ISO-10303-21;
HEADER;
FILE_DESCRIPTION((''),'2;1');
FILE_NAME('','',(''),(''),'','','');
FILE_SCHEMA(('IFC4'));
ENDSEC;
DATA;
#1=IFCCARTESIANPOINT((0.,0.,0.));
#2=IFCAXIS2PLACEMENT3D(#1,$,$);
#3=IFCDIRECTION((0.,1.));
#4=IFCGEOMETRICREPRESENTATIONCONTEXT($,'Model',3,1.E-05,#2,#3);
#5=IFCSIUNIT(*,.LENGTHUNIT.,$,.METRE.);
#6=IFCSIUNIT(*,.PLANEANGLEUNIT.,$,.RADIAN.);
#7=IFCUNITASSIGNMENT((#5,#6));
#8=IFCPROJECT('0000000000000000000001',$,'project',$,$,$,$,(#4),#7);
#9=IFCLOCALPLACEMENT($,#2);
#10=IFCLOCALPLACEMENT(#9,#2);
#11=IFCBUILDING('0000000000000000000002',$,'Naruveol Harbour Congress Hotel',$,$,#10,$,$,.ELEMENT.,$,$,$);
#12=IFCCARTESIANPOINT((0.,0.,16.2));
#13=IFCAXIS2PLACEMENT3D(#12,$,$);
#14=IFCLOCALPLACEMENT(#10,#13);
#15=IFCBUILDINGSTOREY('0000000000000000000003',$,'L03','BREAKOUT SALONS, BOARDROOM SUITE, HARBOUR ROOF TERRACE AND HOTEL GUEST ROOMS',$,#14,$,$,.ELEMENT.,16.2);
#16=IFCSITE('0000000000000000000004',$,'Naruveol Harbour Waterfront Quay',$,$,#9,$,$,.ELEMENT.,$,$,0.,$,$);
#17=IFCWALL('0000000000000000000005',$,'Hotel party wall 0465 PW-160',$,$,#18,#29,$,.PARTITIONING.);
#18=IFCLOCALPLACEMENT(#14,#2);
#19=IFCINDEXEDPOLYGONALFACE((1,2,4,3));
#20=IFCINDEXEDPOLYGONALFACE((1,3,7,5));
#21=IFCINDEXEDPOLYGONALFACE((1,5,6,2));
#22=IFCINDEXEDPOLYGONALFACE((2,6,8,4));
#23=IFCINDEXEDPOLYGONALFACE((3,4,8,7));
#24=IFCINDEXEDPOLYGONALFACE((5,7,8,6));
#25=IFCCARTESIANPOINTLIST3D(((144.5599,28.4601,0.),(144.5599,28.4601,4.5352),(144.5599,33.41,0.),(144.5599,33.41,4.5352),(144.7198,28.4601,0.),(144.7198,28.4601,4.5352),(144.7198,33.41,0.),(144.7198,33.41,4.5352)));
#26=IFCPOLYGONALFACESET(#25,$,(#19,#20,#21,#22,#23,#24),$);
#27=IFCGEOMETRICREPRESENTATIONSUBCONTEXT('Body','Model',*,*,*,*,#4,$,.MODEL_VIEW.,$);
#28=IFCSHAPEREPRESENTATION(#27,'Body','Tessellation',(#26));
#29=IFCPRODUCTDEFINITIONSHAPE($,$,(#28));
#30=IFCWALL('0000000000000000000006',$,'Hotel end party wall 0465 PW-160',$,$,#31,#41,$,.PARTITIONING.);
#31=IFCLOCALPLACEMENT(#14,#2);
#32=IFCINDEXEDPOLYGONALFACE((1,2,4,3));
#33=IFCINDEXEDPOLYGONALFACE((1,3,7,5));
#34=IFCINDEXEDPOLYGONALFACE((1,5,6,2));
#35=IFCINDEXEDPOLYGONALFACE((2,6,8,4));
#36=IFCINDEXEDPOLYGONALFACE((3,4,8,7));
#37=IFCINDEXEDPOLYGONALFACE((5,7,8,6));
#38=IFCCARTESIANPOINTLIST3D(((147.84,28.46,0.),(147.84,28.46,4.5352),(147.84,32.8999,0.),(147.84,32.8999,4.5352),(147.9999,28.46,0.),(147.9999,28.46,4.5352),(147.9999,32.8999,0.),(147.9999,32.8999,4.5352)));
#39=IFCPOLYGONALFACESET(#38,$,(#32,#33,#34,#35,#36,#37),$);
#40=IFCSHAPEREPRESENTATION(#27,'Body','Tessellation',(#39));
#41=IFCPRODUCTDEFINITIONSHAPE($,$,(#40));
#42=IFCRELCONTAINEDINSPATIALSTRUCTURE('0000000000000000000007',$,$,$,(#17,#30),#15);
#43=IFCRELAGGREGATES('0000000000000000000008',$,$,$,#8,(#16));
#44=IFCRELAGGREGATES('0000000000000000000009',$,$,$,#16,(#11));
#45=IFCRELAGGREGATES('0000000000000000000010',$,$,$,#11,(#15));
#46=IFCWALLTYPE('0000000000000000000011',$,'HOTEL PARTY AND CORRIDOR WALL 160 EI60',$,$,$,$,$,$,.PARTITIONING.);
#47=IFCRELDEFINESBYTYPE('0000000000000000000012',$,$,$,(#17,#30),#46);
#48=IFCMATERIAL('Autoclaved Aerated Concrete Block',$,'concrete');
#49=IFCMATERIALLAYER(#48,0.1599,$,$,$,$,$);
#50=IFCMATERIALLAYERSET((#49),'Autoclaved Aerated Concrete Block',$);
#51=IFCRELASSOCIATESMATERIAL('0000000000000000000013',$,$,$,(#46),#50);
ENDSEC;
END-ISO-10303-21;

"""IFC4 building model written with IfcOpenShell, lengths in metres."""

from ifc_helpers import new_model, si_unit, direction, frame, frame_2d, origin, place, context, subcontext, project, spatial, rectangle, extrude, material, layer, layer_set, type_object, element, save


model = new_model("IFC4")

# Units and contexts
model_context = context("Model", 3, precision=1e-05, world=origin(), true_north=direction((0.0, 1.0)))
body_context = subcontext(model_context, "Body", "Model", "MODEL_VIEW")
ifc_project = project(units=[si_unit("LENGTHUNIT", "METRE"), si_unit("PLANEANGLEUNIT", "RADIAN")], contexts=[model_context])

# Site, building, storey
site_placement = place(None, origin())
site = spatial("IfcSite", under=ifc_project, at=site_placement, Name="Naruveol Harbour Waterfront Quay", CompositionType="ELEMENT", RefElevation=0.0)
building_placement = place(site_placement, origin())
building = spatial("IfcBuilding", under=site, at=building_placement, Name="Naruveol Harbour Congress Hotel", CompositionType="ELEMENT")
storey_placement = place(building_placement, frame((0.0, 0.0, 16.2)))
storey = spatial("IfcBuildingStorey", under=building, at=storey_placement, Name="L03", Description="BREAKOUT SALONS, BOARDROOM SUITE, HARBOUR ROOF TERRACE AND HOTEL GUEST ROOMS", CompositionType="ELEMENT", Elevation=16.2)

# Shared definitions
ifc_material_1 = material(Name="Autoclaved Aerated Concrete Block", Category="concrete")
ifc_layer_1 = layer(ifc_material_1, 0.1599)
ifc_layer_set_1 = layer_set([ifc_layer_1], Name="Autoclaved Aerated Concrete Block")
wall_type_1 = type_object("IfcWallType", Name="HOTEL PARTY AND CORRIDOR WALL 160 EI60", PredefinedType="PARTITIONING", material=ifc_layer_set_1)

# Walls
wall_1_placement = place(storey_placement, frame((144.6399, 28.46, 0.0), z_axis=(0.0, 0.0, 1.0), x_axis=(0.0, 1.0, 0.0)))
element("IfcWall", 1, at=wall_1_placement, inside=storey, type_object=wall_type_1, Name="Hotel party wall 0465 PW-160", PredefinedType="PARTITIONING", context=body_context, shape_type="SweptSolid", body=[
    extrude(rectangle(XDim=4.95, YDim=0.1599, at=frame_2d((2.4751, 0.0))), origin(), (0.0, 0.0, 1.0), 4.5352),
])
wall_2_placement = place(storey_placement, frame((147.9199, 28.46, 0.0), z_axis=(0.0, 0.0, 1.0), x_axis=(0.0, 1.0, 0.0)))
element("IfcWall", 2, at=wall_2_placement, inside=storey, type_object=wall_type_1, Name="Hotel end party wall 0465 PW-160", PredefinedType="PARTITIONING", context=body_context, shape_type="SweptSolid", body=[
    extrude(rectangle(XDim=4.4399, YDim=0.1599, at=frame_2d((2.22, 0.0))), origin(), (0.0, 0.0, 1.0), 4.5352),
])

save(model, "model.ifc")
